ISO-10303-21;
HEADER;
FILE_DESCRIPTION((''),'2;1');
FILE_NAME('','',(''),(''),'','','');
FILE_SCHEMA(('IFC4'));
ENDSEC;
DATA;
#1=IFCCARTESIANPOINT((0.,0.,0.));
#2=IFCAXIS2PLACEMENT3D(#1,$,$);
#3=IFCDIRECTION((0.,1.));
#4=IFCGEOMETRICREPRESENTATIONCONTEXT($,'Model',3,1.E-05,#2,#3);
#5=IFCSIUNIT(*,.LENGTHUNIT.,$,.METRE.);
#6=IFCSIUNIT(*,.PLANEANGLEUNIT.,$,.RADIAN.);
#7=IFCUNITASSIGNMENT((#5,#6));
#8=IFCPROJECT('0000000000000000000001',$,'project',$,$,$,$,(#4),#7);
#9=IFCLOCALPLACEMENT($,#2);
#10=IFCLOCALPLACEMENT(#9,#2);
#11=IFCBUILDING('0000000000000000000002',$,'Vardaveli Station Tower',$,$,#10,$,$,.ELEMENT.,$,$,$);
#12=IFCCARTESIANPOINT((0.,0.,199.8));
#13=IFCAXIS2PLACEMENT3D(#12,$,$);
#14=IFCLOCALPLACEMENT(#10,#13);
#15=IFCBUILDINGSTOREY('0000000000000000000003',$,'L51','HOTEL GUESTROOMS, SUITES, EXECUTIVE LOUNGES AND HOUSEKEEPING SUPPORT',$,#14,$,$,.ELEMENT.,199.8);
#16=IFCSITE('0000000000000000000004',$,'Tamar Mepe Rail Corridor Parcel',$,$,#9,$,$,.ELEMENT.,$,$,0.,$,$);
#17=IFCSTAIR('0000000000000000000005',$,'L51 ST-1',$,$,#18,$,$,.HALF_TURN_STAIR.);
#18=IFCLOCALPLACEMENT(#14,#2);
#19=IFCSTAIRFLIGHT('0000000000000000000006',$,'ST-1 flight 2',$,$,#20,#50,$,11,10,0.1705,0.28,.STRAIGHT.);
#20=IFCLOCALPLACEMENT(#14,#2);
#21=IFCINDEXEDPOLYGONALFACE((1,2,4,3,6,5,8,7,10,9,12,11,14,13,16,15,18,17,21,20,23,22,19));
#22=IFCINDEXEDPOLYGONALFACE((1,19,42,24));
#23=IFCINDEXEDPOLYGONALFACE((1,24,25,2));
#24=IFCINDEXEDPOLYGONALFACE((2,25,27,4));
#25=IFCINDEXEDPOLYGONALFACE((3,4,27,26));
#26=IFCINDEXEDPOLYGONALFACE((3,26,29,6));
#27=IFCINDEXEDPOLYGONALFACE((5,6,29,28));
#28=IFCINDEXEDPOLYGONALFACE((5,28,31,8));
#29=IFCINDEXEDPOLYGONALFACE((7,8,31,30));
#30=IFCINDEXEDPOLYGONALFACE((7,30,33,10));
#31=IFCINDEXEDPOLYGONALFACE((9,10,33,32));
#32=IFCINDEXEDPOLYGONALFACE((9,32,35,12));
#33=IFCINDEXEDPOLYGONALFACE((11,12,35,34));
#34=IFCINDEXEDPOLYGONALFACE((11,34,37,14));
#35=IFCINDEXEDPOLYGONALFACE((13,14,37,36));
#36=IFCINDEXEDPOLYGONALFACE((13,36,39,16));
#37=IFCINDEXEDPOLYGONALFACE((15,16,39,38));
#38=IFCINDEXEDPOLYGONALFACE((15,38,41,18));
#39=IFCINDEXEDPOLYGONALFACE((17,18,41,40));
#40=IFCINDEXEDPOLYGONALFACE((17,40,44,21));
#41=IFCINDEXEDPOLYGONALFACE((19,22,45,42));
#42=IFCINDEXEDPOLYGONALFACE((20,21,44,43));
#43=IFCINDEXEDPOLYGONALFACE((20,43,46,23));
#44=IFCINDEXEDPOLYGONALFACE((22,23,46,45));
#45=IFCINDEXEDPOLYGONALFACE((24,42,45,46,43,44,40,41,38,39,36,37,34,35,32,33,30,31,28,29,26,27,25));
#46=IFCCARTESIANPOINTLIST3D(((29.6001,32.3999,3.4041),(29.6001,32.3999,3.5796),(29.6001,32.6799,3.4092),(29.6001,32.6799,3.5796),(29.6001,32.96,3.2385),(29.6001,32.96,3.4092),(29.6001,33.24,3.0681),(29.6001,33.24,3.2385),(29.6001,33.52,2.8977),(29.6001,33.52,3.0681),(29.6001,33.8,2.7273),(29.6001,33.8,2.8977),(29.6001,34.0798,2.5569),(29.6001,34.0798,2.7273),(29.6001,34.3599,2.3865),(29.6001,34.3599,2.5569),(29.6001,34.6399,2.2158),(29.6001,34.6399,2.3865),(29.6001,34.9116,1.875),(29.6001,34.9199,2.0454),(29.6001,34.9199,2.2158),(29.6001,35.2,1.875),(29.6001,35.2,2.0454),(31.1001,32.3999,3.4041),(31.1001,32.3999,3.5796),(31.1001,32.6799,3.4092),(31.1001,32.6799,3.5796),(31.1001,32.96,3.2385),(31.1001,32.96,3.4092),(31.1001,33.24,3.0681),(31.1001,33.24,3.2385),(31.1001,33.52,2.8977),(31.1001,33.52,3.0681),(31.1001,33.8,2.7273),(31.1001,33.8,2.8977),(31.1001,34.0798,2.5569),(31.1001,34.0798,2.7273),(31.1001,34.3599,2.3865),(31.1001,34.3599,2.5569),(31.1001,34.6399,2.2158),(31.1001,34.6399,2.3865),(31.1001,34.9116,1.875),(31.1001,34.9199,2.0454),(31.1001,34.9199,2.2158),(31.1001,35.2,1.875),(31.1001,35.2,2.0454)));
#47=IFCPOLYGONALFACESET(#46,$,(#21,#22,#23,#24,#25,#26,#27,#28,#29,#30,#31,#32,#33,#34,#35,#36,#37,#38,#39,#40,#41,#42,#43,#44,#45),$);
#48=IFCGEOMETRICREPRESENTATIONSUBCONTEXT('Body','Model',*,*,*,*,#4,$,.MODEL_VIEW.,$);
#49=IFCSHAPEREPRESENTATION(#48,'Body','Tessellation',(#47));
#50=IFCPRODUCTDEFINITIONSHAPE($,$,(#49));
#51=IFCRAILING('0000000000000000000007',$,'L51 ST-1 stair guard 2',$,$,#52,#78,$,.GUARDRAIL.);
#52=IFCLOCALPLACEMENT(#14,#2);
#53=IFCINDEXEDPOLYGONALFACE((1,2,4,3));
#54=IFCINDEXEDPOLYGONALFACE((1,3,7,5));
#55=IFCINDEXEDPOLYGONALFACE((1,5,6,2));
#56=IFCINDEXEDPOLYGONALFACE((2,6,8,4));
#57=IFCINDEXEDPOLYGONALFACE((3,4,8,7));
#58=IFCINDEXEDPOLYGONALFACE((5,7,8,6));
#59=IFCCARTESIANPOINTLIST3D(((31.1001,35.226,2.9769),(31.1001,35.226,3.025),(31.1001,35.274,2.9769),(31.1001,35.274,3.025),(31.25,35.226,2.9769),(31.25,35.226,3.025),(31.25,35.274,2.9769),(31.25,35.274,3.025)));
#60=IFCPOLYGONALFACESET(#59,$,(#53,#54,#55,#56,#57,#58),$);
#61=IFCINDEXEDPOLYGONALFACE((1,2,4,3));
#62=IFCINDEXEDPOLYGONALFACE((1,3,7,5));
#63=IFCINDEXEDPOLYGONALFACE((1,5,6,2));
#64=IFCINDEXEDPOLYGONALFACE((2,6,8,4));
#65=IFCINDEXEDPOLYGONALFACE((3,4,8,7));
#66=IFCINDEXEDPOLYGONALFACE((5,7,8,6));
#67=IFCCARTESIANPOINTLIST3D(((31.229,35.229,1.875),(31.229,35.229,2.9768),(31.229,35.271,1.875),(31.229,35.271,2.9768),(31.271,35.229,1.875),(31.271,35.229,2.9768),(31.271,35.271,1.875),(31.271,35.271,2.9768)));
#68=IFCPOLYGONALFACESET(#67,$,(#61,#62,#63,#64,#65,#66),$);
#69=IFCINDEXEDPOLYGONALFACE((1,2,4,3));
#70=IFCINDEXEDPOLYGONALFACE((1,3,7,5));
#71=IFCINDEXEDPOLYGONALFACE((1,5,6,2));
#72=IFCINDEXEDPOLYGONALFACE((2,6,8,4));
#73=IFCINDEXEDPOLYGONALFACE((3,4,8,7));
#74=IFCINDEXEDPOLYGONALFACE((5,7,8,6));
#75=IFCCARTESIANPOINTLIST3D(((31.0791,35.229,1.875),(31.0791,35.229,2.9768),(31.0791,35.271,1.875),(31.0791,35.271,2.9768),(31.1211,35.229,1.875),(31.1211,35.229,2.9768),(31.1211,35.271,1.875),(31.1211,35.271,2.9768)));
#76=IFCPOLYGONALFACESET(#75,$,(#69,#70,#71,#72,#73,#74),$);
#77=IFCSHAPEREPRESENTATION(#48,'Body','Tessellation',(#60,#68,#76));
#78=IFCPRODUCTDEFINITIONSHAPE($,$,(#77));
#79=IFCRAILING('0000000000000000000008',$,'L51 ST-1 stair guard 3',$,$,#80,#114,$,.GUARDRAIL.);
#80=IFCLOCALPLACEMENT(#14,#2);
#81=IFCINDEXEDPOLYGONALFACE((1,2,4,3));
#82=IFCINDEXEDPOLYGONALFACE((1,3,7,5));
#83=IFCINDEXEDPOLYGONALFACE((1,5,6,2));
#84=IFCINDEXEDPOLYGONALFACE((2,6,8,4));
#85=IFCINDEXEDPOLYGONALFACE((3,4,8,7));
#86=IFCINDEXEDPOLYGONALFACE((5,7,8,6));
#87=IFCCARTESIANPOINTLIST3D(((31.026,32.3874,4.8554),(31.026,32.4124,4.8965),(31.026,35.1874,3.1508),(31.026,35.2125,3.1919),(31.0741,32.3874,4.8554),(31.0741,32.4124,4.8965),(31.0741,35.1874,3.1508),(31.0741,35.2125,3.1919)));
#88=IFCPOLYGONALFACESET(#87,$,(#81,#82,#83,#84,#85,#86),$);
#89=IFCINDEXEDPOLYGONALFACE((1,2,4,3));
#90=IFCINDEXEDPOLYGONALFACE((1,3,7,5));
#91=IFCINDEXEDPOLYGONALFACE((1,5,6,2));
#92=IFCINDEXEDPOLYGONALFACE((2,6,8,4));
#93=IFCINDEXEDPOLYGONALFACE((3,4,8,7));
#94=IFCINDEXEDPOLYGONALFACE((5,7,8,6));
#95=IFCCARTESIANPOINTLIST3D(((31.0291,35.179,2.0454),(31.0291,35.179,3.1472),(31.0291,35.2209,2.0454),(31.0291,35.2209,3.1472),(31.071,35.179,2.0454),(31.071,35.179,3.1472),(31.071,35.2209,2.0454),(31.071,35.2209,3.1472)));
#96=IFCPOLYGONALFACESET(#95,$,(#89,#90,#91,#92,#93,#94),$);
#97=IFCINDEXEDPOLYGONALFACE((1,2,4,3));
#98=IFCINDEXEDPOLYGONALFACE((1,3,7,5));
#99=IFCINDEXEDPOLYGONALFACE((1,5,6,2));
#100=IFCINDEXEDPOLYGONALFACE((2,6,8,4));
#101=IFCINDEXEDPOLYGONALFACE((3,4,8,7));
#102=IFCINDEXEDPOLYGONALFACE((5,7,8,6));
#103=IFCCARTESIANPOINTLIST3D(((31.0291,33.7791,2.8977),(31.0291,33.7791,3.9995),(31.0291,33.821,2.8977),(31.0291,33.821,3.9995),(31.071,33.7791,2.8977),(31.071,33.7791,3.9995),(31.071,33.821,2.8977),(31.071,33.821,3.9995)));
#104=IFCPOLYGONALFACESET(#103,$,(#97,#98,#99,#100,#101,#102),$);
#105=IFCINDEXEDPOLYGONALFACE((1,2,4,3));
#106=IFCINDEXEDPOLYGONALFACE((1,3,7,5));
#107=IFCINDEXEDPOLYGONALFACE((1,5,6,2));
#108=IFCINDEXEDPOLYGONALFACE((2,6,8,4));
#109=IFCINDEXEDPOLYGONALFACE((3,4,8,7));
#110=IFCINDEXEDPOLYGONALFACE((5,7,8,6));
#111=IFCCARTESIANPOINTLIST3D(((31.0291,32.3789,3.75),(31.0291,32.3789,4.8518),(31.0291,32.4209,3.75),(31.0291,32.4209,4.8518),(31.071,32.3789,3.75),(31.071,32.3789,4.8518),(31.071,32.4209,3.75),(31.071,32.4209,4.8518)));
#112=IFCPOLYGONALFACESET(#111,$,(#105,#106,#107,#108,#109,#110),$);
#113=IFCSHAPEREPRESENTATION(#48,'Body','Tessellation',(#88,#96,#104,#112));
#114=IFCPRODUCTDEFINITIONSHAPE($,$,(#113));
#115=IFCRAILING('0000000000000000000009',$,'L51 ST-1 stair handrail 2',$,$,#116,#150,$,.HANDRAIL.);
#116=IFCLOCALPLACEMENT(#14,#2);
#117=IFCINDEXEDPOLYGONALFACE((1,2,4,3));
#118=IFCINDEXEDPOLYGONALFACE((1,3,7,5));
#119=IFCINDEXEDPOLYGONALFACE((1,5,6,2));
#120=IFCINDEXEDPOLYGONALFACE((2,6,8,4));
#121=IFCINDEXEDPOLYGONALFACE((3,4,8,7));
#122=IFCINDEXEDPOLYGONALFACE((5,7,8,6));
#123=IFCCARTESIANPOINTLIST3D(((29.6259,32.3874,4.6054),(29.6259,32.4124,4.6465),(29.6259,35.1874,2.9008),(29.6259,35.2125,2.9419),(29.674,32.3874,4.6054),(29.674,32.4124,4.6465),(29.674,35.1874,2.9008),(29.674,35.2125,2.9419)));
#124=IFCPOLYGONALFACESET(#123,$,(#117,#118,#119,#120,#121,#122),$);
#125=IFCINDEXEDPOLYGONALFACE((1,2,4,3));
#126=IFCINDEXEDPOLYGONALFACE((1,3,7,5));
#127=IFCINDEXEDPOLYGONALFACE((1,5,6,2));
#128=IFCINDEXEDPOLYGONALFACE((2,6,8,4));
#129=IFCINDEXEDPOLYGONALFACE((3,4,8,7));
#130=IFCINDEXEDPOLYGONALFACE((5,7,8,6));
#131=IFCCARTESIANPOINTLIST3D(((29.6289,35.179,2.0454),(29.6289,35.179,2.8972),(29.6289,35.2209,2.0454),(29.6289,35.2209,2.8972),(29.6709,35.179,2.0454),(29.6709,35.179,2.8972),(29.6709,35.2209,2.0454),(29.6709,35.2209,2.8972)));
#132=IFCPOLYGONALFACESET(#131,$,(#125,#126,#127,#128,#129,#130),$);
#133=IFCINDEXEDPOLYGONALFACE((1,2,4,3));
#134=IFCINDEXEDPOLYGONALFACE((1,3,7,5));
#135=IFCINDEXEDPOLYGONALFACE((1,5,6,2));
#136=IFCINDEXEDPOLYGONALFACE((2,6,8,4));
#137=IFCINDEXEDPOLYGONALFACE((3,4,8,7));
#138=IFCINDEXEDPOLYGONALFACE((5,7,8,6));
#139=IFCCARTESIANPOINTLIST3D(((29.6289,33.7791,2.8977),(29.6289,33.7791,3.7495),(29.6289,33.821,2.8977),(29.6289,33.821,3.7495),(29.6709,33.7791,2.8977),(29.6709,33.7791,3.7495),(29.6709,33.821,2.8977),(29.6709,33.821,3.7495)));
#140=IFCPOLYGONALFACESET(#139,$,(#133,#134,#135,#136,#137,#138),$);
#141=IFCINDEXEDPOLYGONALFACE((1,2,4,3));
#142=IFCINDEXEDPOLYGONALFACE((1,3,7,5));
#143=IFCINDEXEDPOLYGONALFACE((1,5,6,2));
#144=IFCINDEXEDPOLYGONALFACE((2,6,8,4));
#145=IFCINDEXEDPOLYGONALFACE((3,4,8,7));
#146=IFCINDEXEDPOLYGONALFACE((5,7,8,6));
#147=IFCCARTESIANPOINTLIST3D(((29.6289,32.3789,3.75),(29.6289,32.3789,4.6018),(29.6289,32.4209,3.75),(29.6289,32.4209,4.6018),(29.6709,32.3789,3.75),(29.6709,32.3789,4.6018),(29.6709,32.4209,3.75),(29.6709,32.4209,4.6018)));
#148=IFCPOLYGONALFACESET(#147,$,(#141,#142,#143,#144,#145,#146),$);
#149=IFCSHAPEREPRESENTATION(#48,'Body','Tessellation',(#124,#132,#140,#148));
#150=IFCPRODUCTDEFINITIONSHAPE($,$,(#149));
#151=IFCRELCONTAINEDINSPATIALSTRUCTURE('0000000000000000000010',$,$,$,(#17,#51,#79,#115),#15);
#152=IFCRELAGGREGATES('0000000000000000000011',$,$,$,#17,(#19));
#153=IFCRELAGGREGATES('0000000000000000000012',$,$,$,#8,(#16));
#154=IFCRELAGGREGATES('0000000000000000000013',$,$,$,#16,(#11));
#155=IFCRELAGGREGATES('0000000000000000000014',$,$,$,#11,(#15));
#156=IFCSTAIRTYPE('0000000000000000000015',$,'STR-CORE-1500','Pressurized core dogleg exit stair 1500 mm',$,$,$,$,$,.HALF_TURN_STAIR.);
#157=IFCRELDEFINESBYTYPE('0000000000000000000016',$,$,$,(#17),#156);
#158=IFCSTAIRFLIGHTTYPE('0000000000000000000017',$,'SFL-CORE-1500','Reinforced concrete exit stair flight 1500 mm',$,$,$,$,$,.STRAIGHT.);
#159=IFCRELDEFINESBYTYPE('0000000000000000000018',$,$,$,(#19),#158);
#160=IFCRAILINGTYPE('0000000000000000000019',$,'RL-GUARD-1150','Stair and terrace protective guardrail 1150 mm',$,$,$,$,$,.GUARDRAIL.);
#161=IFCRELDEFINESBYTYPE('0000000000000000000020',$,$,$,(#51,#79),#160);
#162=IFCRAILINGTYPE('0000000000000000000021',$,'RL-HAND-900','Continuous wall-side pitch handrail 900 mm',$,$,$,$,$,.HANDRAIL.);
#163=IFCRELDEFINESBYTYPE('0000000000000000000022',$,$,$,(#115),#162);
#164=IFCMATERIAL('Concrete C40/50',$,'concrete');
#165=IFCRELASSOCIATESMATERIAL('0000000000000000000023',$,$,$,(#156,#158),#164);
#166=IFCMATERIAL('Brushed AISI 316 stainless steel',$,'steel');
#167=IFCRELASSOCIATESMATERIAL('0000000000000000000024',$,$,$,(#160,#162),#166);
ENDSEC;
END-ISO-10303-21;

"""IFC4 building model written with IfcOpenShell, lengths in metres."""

from ifc_helpers import new_model, si_unit, direction, frame, origin, origin_2d, place, context, subcontext, project, spatial, polyline, rectangle, outline, extrude, source, transform, mapped, material, type_object, element, aggregate, save


model = new_model("IFC4")

# Units and contexts
model_context = context("Model", 3, precision=1e-05, world=origin(), true_north=direction((0.0, 1.0)))
body_context = subcontext(model_context, "Body", "Model", "MODEL_VIEW")
ifc_project = project(units=[si_unit("LENGTHUNIT", "METRE"), si_unit("PLANEANGLEUNIT", "RADIAN")], contexts=[model_context])

# Site, building, storey
site_placement = place(None, origin())
site = spatial("IfcSite", under=ifc_project, at=site_placement, Name="Tamar Mepe Rail Corridor Parcel", CompositionType="ELEMENT", RefElevation=0.0)
building_placement = place(site_placement, origin())
building = spatial("IfcBuilding", under=site, at=building_placement, Name="Vardaveli Station Tower", CompositionType="ELEMENT")
storey_placement = place(building_placement, frame((0.0, 0.0, 199.8)))
storey = spatial("IfcBuildingStorey", under=building, at=storey_placement, Name="L51", Description="HOTEL GUESTROOMS, SUITES, EXECUTIVE LOUNGES AND HOUSEKEEPING SUPPORT", CompositionType="ELEMENT", Elevation=199.8)

# Shared definitions
ifc_material_1 = material(Name="Concrete C40/50", Category="concrete")

# Stair, stair flight
stair_type = type_object("IfcStairType", Name="STR-CORE-1500", Description="Pressurized core dogleg exit stair 1500 mm", PredefinedType="HALF_TURN_STAIR", material=ifc_material_1)
stair_placement = place(storey_placement, origin())
stair = element("IfcStair", 1, at=stair_placement, inside=storey, type_object=stair_type, Name="L51 ST-1", PredefinedType="HALF_TURN_STAIR")
stair_flight_type = type_object("IfcStairFlightType", Name="SFL-CORE-1500", Description="Reinforced concrete exit stair flight 1500 mm", PredefinedType="STRAIGHT", material=ifc_material_1)
shared_shape_1 = source(origin(), body_context, "Body", "SweptSolid", [
    extrude(outline(polyline([(0.0, 0.0), (0.0, 0.1704), (0.28, 0.1704), (0.28, 0.3408), (0.5601, 0.3408), (0.5601, 0.5115), (0.8401, 0.5115), (0.8401, 0.6819), (1.1201, 0.6819), (1.1201, 0.8523), (1.3999, 0.8523), (1.3999, 1.0227), (1.6799, 1.0227), (1.6799, 1.1931), (1.96, 1.1931), (1.96, 1.3635), (2.24, 1.3635), (2.24, 1.5342), (2.52, 1.5342), (2.52, 1.7046), (2.8, 1.7046), (2.8, 1.875), (2.8, 1.5291), (0.2883, 0.0), (0.0, 0.0)])), frame((0.0, 0.75, 0.0), z_axis=(0.0, -1.0, 0.0), x_axis=(1.0, 0.0, 0.0)), (0.0, 0.0, 1.0), 1.5),
])
stair_flight_placement = place(storey_placement, frame((30.3501, 35.2, 1.875), z_axis=(0.0, 0.0, 1.0), x_axis=(0.0, -1.0, 0.0)))
stair_flight = element("IfcStairFlight", 2, at=stair_flight_placement, type_object=stair_flight_type, Name="ST-1 flight 2", NumberOfRisers=11, NumberOfTreads=10, PredefinedType="STRAIGHT", RiserHeight=0.1705, TreadLength=0.28, context=body_context, shape_type="MappedRepresentation", body=[
    mapped(shared_shape_1, transform((0.0, 0.0, 0.0), scale=1.0)),
])
aggregate(stair, [stair_flight])

# Railings
ifc_material_2 = material(Name="Brushed AISI 316 stainless steel", Category="steel")
railing_type_1 = type_object("IfcRailingType", Name="RL-GUARD-1150", Description="Stair and terrace protective guardrail 1150 mm", PredefinedType="GUARDRAIL", material=ifc_material_2)
shared_shape_2 = source(origin(), body_context, "Body", "SweptSolid", [
    extrude(rectangle(XDim=0.0481, YDim=0.0481, at=origin_2d()), frame((0.0, 0.0, 1.126), z_axis=(-1.0, 0.0, 0.0), x_axis=(0.0, -1.0, 0.0)), (0.0, 0.0, 1.0), 0.1499),
    extrude(rectangle(XDim=0.042, YDim=0.042, at=origin_2d()), origin(), (0.0, 0.0, 1.0), 1.1018),
    extrude(rectangle(XDim=0.042, YDim=0.042, at=origin_2d()), frame((-0.1499, 0.0, 0.0)), (0.0, 0.0, 1.0), 1.1018),
])
railing_1_placement = place(storey_placement, frame((31.25, 35.25, 1.875)))
element("IfcRailing", 3, at=railing_1_placement, inside=storey, type_object=railing_type_1, Name="L51 ST-1 stair guard 2", PredefinedType="GUARDRAIL", context=body_context, shape_type="MappedRepresentation", body=[
    mapped(shared_shape_2, transform((0.0, 0.0, 0.0), scale=1.0)),
])
shared_shape_3 = source(origin(), body_context, "Body", "SweptSolid", [
    extrude(rectangle(XDim=0.0481, YDim=0.0481, at=origin_2d()), frame((0.0, 0.0, 1.126), z_axis=(0.0, -0.85417, 0.519994), x_axis=(1.0, 0.0, 0.0)), (0.0, 0.0, 1.0), 3.2781),
    extrude(rectangle(XDim=0.042, YDim=0.042, at=origin_2d()), origin(), (0.0, 0.0, 1.0), 1.1018),
    extrude(rectangle(XDim=0.042, YDim=0.042, at=origin_2d()), frame((0.0, -1.3999, 0.8523)), (0.0, 0.0, 1.0), 1.1018),
    extrude(rectangle(XDim=0.042, YDim=0.042, at=origin_2d()), frame((0.0, -2.8, 1.7046)), (0.0, 0.0, 1.0), 1.1018),
])
railing_2_placement = place(storey_placement, frame((31.05, 35.2, 2.0454)))
element("IfcRailing", 4, at=railing_2_placement, inside=storey, type_object=railing_type_1, Name="L51 ST-1 stair guard 3", PredefinedType="GUARDRAIL", context=body_context, shape_type="MappedRepresentation", body=[
    mapped(shared_shape_3, transform((0.0, 0.0, 0.0), scale=1.0)),
])
railing_type_2 = type_object("IfcRailingType", Name="RL-HAND-900", Description="Continuous wall-side pitch handrail 900 mm", PredefinedType="HANDRAIL", material=ifc_material_2)
shared_shape_4 = source(origin(), body_context, "Body", "SweptSolid", [
    extrude(rectangle(XDim=0.0481, YDim=0.0481, at=origin_2d()), frame((0.0, 0.0, 0.876), z_axis=(0.0, -0.85417, 0.519994), x_axis=(1.0, 0.0, 0.0)), (0.0, 0.0, 1.0), 3.2781),
    extrude(rectangle(XDim=0.042, YDim=0.042, at=origin_2d()), origin(), (0.0, 0.0, 1.0), 0.8518),
    extrude(rectangle(XDim=0.042, YDim=0.042, at=origin_2d()), frame((0.0, -1.3999, 0.8523)), (0.0, 0.0, 1.0), 0.8518),
    extrude(rectangle(XDim=0.042, YDim=0.042, at=origin_2d()), frame((0.0, -2.8, 1.7046)), (0.0, 0.0, 1.0), 0.8518),
])
railing_3_placement = place(storey_placement, frame((29.6499, 35.2, 2.0454)))
element("IfcRailing", 5, at=railing_3_placement, inside=storey, type_object=railing_type_2, Name="L51 ST-1 stair handrail 2", PredefinedType="HANDRAIL", context=body_context, shape_type="MappedRepresentation", body=[
    mapped(shared_shape_4, transform((0.0, 0.0, 0.0), scale=1.0)),
])

save(model, "model.ifc")
